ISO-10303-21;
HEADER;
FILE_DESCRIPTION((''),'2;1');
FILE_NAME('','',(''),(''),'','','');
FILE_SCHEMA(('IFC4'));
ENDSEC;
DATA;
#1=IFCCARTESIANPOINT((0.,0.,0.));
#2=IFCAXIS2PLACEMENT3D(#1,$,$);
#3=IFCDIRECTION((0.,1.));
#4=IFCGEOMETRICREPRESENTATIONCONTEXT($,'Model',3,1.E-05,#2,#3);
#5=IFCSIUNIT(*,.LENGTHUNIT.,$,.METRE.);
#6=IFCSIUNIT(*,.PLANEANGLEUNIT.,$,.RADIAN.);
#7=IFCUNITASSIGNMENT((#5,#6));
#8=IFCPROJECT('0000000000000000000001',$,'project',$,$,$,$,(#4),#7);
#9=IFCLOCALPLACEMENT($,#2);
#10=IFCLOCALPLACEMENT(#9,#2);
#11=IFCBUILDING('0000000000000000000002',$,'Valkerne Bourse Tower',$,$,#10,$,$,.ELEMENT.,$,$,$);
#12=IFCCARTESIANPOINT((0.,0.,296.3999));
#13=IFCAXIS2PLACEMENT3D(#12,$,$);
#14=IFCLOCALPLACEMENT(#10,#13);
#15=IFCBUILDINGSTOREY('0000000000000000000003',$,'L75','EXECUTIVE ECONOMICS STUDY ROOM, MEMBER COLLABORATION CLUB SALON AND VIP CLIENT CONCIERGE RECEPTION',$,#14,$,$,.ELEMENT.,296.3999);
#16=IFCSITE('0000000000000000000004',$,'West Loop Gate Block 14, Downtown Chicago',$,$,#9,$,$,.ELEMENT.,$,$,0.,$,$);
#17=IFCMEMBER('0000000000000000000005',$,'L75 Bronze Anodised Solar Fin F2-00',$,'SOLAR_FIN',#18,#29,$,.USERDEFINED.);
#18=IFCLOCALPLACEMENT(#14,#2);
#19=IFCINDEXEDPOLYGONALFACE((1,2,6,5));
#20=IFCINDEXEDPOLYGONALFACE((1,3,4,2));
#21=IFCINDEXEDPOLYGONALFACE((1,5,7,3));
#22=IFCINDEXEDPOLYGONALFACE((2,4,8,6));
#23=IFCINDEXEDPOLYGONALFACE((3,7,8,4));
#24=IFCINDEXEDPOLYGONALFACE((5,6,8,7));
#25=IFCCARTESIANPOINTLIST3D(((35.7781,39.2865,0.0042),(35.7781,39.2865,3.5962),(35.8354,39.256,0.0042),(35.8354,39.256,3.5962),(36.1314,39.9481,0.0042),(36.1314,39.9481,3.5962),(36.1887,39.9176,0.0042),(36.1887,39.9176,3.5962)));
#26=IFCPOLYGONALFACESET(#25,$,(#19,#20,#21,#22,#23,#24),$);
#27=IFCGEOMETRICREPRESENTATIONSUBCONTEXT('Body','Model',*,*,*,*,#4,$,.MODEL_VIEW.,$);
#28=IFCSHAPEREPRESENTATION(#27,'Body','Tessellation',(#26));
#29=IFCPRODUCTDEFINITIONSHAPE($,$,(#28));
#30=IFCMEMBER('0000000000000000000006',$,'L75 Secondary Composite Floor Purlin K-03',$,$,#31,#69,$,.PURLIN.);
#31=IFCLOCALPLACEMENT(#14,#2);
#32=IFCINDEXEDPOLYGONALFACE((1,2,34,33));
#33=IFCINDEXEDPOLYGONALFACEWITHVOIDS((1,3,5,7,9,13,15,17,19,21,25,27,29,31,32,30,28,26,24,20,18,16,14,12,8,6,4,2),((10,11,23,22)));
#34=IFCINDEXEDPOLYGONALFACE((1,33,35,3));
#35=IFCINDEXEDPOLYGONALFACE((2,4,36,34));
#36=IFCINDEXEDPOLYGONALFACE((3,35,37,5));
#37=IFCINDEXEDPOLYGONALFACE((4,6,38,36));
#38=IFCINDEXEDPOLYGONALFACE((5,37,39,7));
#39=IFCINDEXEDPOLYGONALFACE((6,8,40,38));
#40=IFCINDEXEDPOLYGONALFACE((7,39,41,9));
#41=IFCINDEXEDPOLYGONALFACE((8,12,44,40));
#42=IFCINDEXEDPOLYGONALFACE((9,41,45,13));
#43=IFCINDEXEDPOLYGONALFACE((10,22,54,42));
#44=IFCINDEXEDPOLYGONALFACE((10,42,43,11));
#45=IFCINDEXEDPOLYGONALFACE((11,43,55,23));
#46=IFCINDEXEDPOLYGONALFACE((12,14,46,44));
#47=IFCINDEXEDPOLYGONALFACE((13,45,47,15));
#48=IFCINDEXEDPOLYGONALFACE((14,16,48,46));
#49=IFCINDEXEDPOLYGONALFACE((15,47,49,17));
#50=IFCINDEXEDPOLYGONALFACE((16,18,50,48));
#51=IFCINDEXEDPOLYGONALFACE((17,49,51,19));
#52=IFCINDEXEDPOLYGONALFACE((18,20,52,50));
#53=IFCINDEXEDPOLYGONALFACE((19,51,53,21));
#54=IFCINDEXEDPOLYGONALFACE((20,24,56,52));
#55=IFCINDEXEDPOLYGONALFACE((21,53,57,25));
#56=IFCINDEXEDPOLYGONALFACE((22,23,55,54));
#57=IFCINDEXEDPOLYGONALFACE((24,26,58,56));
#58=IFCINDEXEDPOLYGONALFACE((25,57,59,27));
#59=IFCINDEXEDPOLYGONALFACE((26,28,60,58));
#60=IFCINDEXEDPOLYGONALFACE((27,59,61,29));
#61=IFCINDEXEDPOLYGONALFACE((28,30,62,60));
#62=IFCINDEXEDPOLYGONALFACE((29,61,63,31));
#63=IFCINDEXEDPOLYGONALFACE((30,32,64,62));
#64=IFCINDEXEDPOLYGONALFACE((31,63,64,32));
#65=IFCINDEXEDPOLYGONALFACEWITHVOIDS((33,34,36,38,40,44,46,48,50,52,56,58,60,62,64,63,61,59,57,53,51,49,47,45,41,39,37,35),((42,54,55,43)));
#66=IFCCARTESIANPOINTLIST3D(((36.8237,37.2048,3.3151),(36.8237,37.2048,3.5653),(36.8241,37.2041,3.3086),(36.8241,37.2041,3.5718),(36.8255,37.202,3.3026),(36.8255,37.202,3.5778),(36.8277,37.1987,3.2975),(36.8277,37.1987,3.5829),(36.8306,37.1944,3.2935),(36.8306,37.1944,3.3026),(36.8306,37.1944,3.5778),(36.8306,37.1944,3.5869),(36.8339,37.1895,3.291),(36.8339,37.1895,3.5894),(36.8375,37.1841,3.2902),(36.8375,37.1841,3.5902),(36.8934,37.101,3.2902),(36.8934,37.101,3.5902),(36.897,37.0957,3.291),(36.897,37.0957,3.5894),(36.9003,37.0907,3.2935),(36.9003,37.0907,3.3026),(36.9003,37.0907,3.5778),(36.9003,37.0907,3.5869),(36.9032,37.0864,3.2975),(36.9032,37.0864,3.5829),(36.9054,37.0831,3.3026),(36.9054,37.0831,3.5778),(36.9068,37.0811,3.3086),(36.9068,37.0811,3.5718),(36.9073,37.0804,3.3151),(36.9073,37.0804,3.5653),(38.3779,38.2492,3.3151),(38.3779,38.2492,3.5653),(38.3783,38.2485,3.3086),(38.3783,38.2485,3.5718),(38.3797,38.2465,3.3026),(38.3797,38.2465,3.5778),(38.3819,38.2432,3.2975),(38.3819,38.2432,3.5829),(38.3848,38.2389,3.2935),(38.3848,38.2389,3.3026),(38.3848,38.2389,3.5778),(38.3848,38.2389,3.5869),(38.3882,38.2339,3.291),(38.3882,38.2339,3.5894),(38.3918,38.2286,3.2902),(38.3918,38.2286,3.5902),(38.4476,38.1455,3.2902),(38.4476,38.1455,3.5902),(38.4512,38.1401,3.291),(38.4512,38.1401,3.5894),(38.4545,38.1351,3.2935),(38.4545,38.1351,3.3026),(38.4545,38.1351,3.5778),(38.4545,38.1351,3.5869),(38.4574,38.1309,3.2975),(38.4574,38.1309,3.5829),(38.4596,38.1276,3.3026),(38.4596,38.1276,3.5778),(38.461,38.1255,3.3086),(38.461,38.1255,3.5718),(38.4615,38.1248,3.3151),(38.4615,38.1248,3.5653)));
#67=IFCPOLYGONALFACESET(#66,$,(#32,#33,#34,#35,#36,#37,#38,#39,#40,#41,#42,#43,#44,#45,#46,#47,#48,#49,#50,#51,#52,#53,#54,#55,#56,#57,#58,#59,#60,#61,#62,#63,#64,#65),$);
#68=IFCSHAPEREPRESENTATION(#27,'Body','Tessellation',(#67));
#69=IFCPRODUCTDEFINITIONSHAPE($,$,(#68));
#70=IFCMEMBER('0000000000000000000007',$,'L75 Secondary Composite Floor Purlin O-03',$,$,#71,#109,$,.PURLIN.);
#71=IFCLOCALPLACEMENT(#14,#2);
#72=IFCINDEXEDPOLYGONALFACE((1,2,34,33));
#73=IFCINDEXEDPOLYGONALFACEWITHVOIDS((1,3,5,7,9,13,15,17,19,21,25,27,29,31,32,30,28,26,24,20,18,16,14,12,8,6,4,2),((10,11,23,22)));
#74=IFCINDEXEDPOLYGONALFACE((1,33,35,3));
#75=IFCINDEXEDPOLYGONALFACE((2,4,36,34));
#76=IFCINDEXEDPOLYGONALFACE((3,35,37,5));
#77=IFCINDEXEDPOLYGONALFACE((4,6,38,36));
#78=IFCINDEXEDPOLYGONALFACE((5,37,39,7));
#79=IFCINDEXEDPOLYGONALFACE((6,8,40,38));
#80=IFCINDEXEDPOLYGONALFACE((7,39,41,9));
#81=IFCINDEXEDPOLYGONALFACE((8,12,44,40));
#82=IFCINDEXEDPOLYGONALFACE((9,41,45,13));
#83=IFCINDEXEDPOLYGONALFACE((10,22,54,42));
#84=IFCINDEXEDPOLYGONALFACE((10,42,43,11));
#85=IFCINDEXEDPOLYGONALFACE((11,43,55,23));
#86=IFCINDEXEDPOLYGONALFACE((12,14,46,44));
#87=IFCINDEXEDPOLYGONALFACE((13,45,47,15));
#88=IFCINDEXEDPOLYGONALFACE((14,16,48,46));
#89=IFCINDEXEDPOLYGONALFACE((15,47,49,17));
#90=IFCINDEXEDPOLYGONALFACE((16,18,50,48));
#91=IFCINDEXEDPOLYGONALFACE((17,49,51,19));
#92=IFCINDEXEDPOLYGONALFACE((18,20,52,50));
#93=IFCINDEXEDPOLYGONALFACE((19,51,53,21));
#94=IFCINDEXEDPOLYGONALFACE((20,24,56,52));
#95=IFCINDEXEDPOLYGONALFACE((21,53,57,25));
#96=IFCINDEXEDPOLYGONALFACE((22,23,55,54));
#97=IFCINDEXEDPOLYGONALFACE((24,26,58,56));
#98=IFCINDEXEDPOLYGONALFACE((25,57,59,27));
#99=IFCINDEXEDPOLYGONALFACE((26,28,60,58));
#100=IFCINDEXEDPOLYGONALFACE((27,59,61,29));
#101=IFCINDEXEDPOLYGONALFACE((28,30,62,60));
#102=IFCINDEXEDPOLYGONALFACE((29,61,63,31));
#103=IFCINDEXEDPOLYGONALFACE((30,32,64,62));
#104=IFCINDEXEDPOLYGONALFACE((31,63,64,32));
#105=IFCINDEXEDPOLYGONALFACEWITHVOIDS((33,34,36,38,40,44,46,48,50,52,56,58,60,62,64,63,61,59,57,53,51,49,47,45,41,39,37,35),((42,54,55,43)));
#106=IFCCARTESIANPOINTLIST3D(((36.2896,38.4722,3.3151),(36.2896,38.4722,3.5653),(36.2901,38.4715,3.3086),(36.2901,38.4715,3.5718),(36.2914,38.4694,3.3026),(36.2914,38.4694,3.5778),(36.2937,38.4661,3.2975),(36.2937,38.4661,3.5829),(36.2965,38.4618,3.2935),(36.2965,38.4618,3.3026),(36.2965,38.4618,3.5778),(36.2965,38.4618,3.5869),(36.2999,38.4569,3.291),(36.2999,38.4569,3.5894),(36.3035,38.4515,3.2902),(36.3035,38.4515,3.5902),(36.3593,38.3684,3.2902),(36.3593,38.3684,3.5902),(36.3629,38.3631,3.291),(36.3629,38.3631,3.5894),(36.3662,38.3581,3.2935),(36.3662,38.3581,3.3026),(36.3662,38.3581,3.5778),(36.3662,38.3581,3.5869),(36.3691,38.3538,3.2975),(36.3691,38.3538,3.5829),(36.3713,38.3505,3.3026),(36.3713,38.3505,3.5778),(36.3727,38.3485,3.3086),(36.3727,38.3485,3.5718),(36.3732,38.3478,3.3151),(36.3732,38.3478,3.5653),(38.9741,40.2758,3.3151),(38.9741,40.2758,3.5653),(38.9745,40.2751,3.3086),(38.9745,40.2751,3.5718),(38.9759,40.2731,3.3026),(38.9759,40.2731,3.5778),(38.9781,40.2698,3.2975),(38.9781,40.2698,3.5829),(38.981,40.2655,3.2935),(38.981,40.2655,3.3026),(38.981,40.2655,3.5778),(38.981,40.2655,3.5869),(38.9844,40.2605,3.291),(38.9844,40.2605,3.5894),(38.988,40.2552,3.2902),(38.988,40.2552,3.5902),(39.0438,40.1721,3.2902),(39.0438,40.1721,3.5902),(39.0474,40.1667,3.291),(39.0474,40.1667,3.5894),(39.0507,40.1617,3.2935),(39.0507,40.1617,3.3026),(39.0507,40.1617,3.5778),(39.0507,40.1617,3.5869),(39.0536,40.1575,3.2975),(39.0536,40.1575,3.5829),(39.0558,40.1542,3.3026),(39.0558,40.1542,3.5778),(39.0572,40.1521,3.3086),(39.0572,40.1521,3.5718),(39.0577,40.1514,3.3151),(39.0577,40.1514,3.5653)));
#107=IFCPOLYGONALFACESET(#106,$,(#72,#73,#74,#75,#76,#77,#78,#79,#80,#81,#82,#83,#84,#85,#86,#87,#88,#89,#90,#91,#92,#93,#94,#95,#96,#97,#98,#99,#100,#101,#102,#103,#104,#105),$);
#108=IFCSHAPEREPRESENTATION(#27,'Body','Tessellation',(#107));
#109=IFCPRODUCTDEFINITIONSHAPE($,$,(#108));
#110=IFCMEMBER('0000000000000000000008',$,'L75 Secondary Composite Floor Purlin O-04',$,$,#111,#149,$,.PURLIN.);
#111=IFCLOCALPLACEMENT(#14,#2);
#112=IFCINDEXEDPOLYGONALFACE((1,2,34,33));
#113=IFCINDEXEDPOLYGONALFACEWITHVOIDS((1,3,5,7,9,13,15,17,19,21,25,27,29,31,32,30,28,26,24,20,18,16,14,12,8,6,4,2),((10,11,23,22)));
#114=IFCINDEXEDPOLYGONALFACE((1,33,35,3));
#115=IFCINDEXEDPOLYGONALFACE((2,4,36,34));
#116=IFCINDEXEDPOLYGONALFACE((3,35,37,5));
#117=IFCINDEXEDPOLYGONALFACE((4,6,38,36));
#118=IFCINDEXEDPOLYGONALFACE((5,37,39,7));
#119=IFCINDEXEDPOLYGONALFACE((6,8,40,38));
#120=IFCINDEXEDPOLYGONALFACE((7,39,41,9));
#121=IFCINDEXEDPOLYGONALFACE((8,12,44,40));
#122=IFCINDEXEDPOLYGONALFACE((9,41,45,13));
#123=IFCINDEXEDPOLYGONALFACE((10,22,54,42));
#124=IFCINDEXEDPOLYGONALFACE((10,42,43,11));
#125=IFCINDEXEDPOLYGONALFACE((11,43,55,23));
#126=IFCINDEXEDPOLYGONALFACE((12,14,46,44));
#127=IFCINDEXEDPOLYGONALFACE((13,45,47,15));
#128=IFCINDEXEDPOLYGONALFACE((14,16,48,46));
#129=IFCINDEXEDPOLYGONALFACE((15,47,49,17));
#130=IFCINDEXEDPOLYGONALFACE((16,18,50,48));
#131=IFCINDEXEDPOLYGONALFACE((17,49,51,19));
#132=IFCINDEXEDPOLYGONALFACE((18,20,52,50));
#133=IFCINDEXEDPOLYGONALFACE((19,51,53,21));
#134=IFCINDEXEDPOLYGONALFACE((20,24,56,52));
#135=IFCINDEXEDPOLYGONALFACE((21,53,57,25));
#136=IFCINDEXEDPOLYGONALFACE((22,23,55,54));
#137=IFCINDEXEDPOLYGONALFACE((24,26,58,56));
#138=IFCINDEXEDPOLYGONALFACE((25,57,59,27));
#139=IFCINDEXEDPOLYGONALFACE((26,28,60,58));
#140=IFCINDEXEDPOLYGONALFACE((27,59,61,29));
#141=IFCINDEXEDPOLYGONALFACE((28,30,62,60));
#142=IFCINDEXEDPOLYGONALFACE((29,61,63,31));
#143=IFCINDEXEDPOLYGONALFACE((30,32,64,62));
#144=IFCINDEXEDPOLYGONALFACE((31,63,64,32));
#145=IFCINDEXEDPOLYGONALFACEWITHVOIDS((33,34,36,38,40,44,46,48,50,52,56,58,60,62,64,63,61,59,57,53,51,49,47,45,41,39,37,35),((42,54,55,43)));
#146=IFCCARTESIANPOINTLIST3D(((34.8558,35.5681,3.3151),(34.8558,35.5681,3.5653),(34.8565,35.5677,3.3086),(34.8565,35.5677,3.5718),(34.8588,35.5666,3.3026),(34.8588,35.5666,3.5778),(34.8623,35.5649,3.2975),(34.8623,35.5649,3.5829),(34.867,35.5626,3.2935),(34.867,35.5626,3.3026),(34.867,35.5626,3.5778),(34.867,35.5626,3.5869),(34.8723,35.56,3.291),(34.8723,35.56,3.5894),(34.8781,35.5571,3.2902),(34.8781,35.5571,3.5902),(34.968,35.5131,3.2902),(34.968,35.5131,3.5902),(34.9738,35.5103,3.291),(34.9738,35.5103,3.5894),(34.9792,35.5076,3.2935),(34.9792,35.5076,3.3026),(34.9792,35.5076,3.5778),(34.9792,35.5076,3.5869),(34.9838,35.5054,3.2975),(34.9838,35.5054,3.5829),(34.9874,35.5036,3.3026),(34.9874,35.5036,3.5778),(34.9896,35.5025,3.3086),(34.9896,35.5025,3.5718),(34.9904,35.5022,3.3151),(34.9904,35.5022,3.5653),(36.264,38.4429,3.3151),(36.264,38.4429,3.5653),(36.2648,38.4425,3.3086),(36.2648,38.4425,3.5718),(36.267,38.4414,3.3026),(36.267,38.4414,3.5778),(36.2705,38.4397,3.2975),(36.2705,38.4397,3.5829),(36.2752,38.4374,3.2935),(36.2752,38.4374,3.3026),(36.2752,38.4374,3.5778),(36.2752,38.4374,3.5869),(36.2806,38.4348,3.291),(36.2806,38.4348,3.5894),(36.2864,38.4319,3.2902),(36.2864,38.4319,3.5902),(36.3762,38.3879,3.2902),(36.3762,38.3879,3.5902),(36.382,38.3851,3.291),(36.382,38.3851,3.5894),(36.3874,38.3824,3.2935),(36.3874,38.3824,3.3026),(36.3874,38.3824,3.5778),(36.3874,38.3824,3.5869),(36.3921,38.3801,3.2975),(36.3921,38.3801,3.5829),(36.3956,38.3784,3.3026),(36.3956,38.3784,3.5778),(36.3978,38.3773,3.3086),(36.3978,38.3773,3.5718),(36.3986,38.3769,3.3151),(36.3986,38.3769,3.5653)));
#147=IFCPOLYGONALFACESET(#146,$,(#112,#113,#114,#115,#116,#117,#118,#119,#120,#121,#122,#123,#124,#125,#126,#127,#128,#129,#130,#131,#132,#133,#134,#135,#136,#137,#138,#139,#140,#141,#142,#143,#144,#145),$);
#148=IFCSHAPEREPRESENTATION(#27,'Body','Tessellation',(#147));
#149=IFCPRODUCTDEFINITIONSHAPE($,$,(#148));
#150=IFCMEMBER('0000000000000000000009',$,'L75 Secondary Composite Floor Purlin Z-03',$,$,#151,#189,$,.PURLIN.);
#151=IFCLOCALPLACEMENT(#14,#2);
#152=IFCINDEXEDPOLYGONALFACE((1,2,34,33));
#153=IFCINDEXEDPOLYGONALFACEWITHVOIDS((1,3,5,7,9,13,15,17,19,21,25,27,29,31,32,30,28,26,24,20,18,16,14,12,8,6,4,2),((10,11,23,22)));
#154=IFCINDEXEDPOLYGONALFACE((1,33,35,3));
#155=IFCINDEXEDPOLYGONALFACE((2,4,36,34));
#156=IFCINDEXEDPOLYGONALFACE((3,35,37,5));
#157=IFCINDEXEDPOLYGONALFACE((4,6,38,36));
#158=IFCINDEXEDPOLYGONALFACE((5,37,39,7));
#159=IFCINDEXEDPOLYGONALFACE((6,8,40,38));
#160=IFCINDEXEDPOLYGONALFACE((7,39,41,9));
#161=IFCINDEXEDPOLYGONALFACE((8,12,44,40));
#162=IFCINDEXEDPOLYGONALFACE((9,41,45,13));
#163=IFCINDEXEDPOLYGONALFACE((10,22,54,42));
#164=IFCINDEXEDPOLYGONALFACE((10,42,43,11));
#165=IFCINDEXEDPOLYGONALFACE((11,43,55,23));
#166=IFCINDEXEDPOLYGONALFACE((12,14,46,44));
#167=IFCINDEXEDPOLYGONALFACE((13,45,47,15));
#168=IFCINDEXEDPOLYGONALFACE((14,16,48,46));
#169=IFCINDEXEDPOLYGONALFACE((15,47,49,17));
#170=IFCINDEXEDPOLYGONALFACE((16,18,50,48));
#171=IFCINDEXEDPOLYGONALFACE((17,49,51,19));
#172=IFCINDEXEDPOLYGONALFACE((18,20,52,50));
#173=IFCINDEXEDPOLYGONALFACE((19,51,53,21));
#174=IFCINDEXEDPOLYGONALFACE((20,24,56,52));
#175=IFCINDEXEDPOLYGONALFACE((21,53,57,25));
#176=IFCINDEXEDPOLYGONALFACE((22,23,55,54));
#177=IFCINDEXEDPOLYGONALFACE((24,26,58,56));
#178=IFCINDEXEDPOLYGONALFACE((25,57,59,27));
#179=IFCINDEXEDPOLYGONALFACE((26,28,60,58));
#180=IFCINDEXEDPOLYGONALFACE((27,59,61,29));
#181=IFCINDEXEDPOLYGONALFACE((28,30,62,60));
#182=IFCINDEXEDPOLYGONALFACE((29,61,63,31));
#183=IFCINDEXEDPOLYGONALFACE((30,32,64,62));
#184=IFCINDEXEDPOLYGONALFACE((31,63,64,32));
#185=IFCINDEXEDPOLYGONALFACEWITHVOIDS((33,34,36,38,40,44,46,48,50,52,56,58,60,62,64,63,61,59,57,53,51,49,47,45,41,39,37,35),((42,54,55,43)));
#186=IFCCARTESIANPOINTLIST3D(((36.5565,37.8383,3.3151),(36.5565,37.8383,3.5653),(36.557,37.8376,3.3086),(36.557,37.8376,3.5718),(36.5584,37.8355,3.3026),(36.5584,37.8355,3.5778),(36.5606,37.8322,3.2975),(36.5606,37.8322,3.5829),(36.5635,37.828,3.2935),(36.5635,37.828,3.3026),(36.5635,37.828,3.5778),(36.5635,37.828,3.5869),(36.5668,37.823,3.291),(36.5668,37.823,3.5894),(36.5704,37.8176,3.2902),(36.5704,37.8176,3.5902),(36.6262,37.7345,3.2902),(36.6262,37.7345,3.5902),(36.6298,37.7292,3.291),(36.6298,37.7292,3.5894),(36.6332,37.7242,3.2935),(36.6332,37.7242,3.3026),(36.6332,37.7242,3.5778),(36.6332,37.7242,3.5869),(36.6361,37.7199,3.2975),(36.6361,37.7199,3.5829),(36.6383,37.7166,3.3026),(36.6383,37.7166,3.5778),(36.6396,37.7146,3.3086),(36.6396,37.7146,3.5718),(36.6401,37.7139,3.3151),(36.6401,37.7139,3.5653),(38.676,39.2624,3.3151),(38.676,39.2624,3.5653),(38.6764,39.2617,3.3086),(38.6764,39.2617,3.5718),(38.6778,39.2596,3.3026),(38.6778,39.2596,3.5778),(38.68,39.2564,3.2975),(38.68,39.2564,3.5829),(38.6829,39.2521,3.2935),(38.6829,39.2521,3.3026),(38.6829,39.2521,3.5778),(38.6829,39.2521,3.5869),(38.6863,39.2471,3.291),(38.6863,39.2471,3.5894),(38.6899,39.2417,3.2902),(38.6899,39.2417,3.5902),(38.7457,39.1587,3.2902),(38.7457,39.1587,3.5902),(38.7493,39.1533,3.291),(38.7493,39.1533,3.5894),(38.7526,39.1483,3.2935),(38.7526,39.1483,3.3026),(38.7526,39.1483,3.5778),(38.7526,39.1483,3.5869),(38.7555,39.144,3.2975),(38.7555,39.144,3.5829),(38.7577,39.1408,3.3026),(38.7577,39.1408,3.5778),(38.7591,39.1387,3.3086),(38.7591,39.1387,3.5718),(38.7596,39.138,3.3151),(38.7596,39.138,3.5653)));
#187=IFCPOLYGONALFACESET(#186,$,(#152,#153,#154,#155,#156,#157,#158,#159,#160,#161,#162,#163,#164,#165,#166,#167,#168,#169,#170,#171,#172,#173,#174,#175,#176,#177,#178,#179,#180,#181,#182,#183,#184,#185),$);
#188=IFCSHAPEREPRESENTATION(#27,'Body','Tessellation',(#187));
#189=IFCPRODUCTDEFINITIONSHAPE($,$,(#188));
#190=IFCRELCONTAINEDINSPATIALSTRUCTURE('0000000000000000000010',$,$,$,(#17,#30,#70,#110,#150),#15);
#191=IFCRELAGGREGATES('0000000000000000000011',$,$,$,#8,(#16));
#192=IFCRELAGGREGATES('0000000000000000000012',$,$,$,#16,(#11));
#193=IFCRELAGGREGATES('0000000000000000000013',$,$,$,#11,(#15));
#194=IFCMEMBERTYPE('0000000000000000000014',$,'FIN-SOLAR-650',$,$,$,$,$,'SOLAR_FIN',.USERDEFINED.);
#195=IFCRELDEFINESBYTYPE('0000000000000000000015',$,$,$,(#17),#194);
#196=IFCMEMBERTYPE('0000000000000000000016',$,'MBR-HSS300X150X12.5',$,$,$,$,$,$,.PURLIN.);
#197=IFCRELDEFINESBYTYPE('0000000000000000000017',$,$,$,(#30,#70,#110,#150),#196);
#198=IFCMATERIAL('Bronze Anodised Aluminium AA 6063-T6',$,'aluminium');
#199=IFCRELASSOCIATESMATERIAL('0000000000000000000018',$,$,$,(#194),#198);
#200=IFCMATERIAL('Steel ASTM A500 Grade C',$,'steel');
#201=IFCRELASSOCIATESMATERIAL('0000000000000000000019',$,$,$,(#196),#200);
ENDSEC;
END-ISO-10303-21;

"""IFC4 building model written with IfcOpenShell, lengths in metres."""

from ifc_helpers import new_model, si_unit, direction, frame, origin, origin_2d, place, context, subcontext, project, spatial, rectangle, hollow_rectangle, extrude, material, material_profile, profile_set, type_object, element, save


model = new_model("IFC4")

# Units and contexts
model_context = context("Model", 3, precision=1e-05, world=origin(), true_north=direction((0.0, 1.0)))
body_context = subcontext(model_context, "Body", "Model", "MODEL_VIEW")
ifc_project = project(units=[si_unit("LENGTHUNIT", "METRE"), si_unit("PLANEANGLEUNIT", "RADIAN")], contexts=[model_context])

# Site, building, storey
site_placement = place(None, origin())
site = spatial("IfcSite", under=ifc_project, at=site_placement, Name="West Loop Gate Block 14, Downtown Chicago", CompositionType="ELEMENT", RefElevation=0.0)
building_placement = place(site_placement, origin())
building = spatial("IfcBuilding", under=site, at=building_placement, Name="Valkerne Bourse Tower", CompositionType="ELEMENT")
storey_placement = place(building_placement, frame((0.0, 0.0, 296.3999)))
storey = spatial("IfcBuildingStorey", under=building, at=storey_placement, Name="L75", Description="EXECUTIVE ECONOMICS STUDY ROOM, MEMBER COLLABORATION CLUB SALON AND VIP CLIENT CONCIERGE RECEPTION", CompositionType="ELEMENT", Elevation=296.3999)

# Members
ifc_material_1 = material(Name="Bronze Anodised Aluminium AA 6063-T6", Category="aluminium")
ifc_material_profile_1 = material_profile(ifc_material_1, rectangle(XDim=0.0649, YDim=0.75, at=origin_2d()), Name="FIN-65X750")
ifc_profile_set_1 = profile_set([ifc_material_profile_1], Name="Bronze Anodised Aluminium AA 6063-T6")
member_type_1 = type_object("IfcMemberType", Name="FIN-SOLAR-650", ElementType="SOLAR_FIN", PredefinedType="USERDEFINED", material=ifc_profile_set_1)
member_1_placement = place(storey_placement, frame((35.9834, 39.6021, 0.0042), z_axis=(0.0, 0.0, 1.0), x_axis=(-0.882146, 0.470976, 0.0)))
element("IfcMember", 1, at=member_1_placement, inside=storey, type_object=member_type_1, Name="L75 Bronze Anodised Solar Fin F2-00", ObjectType="SOLAR_FIN", PredefinedType="USERDEFINED", context=body_context, shape_type="SweptSolid", body=[
    extrude(rectangle(XDim=0.0649, YDim=0.75, at=origin_2d()), origin(), (0.0, 0.0, 1.0), 3.592),
])
ifc_material_2 = material(Name="Steel ASTM A500 Grade C", Category="steel")
ifc_material_profile_2 = material_profile(ifc_material_2, hollow_rectangle(XDim=0.1499, YDim=0.3, WallThickness=0.0125, OuterFilletRadius=0.0249, at=origin_2d()), Name="HSS300X150X12.5")
ifc_profile_set_2 = profile_set([ifc_material_profile_2], Name="Steel ASTM A500 Grade C")
member_type_2 = type_object("IfcMemberType", Name="MBR-HSS300X150X12.5", PredefinedType="PURLIN", material=ifc_profile_set_2)
member_2_placement = place(storey_placement, frame((38.4197, 38.187, 3.4402), z_axis=(-0.829999, -0.557765, 0.0), x_axis=(0.557765, -0.829999, 0.0)))
element("IfcMember", 2, at=member_2_placement, inside=storey, type_object=member_type_2, Name="L75 Secondary Composite Floor Purlin K-03", PredefinedType="PURLIN", context=body_context, shape_type="SweptSolid", body=[
    extrude(hollow_rectangle(XDim=0.1499, YDim=0.3, WallThickness=0.0125, OuterFilletRadius=0.0249, at=origin_2d()), origin(), (0.0, 0.0, 1.0), 1.8726),
])
member_3_placement = place(storey_placement, frame((39.0159, 40.2136, 3.4402), z_axis=(-0.830047, -0.557693, 0.0), x_axis=(0.557693, -0.830047, 0.0)))
element("IfcMember", 3, at=member_3_placement, inside=storey, type_object=member_type_2, Name="L75 Secondary Composite Floor Purlin O-03", PredefinedType="PURLIN", context=body_context, shape_type="SweptSolid", body=[
    extrude(hollow_rectangle(XDim=0.1499, YDim=0.3, WallThickness=0.0125, OuterFilletRadius=0.0249, at=origin_2d()), origin(), (0.0, 0.0, 1.0), 3.2341),
])
member_4_placement = place(storey_placement, frame((36.3313, 38.4099, 3.4402), z_axis=(-0.439908, -0.898043, 0.0), x_axis=(0.898043, -0.439908, 0.0)))
element("IfcMember", 4, at=member_4_placement, inside=storey, type_object=member_type_2, Name="L75 Secondary Composite Floor Purlin O-04", PredefinedType="PURLIN", context=body_context, shape_type="SweptSolid", body=[
    extrude(hollow_rectangle(XDim=0.1499, YDim=0.3, WallThickness=0.0125, OuterFilletRadius=0.0249, at=origin_2d()), origin(), (0.0, 0.0, 1.0), 3.2012),
])
member_5_placement = place(storey_placement, frame((38.7178, 39.2002, 3.4402), z_axis=(-0.83003, -0.557719, 0.0), x_axis=(0.557719, -0.83003, 0.0)))
element("IfcMember", 5, at=member_5_placement, inside=storey, type_object=member_type_2, Name="L75 Secondary Composite Floor Purlin Z-03", PredefinedType="PURLIN", context=body_context, shape_type="SweptSolid", body=[
    extrude(hollow_rectangle(XDim=0.1499, YDim=0.3, WallThickness=0.0125, OuterFilletRadius=0.0249, at=origin_2d()), origin(), (0.0, 0.0, 1.0), 2.5535),
])

save(model, "model.ifc")
